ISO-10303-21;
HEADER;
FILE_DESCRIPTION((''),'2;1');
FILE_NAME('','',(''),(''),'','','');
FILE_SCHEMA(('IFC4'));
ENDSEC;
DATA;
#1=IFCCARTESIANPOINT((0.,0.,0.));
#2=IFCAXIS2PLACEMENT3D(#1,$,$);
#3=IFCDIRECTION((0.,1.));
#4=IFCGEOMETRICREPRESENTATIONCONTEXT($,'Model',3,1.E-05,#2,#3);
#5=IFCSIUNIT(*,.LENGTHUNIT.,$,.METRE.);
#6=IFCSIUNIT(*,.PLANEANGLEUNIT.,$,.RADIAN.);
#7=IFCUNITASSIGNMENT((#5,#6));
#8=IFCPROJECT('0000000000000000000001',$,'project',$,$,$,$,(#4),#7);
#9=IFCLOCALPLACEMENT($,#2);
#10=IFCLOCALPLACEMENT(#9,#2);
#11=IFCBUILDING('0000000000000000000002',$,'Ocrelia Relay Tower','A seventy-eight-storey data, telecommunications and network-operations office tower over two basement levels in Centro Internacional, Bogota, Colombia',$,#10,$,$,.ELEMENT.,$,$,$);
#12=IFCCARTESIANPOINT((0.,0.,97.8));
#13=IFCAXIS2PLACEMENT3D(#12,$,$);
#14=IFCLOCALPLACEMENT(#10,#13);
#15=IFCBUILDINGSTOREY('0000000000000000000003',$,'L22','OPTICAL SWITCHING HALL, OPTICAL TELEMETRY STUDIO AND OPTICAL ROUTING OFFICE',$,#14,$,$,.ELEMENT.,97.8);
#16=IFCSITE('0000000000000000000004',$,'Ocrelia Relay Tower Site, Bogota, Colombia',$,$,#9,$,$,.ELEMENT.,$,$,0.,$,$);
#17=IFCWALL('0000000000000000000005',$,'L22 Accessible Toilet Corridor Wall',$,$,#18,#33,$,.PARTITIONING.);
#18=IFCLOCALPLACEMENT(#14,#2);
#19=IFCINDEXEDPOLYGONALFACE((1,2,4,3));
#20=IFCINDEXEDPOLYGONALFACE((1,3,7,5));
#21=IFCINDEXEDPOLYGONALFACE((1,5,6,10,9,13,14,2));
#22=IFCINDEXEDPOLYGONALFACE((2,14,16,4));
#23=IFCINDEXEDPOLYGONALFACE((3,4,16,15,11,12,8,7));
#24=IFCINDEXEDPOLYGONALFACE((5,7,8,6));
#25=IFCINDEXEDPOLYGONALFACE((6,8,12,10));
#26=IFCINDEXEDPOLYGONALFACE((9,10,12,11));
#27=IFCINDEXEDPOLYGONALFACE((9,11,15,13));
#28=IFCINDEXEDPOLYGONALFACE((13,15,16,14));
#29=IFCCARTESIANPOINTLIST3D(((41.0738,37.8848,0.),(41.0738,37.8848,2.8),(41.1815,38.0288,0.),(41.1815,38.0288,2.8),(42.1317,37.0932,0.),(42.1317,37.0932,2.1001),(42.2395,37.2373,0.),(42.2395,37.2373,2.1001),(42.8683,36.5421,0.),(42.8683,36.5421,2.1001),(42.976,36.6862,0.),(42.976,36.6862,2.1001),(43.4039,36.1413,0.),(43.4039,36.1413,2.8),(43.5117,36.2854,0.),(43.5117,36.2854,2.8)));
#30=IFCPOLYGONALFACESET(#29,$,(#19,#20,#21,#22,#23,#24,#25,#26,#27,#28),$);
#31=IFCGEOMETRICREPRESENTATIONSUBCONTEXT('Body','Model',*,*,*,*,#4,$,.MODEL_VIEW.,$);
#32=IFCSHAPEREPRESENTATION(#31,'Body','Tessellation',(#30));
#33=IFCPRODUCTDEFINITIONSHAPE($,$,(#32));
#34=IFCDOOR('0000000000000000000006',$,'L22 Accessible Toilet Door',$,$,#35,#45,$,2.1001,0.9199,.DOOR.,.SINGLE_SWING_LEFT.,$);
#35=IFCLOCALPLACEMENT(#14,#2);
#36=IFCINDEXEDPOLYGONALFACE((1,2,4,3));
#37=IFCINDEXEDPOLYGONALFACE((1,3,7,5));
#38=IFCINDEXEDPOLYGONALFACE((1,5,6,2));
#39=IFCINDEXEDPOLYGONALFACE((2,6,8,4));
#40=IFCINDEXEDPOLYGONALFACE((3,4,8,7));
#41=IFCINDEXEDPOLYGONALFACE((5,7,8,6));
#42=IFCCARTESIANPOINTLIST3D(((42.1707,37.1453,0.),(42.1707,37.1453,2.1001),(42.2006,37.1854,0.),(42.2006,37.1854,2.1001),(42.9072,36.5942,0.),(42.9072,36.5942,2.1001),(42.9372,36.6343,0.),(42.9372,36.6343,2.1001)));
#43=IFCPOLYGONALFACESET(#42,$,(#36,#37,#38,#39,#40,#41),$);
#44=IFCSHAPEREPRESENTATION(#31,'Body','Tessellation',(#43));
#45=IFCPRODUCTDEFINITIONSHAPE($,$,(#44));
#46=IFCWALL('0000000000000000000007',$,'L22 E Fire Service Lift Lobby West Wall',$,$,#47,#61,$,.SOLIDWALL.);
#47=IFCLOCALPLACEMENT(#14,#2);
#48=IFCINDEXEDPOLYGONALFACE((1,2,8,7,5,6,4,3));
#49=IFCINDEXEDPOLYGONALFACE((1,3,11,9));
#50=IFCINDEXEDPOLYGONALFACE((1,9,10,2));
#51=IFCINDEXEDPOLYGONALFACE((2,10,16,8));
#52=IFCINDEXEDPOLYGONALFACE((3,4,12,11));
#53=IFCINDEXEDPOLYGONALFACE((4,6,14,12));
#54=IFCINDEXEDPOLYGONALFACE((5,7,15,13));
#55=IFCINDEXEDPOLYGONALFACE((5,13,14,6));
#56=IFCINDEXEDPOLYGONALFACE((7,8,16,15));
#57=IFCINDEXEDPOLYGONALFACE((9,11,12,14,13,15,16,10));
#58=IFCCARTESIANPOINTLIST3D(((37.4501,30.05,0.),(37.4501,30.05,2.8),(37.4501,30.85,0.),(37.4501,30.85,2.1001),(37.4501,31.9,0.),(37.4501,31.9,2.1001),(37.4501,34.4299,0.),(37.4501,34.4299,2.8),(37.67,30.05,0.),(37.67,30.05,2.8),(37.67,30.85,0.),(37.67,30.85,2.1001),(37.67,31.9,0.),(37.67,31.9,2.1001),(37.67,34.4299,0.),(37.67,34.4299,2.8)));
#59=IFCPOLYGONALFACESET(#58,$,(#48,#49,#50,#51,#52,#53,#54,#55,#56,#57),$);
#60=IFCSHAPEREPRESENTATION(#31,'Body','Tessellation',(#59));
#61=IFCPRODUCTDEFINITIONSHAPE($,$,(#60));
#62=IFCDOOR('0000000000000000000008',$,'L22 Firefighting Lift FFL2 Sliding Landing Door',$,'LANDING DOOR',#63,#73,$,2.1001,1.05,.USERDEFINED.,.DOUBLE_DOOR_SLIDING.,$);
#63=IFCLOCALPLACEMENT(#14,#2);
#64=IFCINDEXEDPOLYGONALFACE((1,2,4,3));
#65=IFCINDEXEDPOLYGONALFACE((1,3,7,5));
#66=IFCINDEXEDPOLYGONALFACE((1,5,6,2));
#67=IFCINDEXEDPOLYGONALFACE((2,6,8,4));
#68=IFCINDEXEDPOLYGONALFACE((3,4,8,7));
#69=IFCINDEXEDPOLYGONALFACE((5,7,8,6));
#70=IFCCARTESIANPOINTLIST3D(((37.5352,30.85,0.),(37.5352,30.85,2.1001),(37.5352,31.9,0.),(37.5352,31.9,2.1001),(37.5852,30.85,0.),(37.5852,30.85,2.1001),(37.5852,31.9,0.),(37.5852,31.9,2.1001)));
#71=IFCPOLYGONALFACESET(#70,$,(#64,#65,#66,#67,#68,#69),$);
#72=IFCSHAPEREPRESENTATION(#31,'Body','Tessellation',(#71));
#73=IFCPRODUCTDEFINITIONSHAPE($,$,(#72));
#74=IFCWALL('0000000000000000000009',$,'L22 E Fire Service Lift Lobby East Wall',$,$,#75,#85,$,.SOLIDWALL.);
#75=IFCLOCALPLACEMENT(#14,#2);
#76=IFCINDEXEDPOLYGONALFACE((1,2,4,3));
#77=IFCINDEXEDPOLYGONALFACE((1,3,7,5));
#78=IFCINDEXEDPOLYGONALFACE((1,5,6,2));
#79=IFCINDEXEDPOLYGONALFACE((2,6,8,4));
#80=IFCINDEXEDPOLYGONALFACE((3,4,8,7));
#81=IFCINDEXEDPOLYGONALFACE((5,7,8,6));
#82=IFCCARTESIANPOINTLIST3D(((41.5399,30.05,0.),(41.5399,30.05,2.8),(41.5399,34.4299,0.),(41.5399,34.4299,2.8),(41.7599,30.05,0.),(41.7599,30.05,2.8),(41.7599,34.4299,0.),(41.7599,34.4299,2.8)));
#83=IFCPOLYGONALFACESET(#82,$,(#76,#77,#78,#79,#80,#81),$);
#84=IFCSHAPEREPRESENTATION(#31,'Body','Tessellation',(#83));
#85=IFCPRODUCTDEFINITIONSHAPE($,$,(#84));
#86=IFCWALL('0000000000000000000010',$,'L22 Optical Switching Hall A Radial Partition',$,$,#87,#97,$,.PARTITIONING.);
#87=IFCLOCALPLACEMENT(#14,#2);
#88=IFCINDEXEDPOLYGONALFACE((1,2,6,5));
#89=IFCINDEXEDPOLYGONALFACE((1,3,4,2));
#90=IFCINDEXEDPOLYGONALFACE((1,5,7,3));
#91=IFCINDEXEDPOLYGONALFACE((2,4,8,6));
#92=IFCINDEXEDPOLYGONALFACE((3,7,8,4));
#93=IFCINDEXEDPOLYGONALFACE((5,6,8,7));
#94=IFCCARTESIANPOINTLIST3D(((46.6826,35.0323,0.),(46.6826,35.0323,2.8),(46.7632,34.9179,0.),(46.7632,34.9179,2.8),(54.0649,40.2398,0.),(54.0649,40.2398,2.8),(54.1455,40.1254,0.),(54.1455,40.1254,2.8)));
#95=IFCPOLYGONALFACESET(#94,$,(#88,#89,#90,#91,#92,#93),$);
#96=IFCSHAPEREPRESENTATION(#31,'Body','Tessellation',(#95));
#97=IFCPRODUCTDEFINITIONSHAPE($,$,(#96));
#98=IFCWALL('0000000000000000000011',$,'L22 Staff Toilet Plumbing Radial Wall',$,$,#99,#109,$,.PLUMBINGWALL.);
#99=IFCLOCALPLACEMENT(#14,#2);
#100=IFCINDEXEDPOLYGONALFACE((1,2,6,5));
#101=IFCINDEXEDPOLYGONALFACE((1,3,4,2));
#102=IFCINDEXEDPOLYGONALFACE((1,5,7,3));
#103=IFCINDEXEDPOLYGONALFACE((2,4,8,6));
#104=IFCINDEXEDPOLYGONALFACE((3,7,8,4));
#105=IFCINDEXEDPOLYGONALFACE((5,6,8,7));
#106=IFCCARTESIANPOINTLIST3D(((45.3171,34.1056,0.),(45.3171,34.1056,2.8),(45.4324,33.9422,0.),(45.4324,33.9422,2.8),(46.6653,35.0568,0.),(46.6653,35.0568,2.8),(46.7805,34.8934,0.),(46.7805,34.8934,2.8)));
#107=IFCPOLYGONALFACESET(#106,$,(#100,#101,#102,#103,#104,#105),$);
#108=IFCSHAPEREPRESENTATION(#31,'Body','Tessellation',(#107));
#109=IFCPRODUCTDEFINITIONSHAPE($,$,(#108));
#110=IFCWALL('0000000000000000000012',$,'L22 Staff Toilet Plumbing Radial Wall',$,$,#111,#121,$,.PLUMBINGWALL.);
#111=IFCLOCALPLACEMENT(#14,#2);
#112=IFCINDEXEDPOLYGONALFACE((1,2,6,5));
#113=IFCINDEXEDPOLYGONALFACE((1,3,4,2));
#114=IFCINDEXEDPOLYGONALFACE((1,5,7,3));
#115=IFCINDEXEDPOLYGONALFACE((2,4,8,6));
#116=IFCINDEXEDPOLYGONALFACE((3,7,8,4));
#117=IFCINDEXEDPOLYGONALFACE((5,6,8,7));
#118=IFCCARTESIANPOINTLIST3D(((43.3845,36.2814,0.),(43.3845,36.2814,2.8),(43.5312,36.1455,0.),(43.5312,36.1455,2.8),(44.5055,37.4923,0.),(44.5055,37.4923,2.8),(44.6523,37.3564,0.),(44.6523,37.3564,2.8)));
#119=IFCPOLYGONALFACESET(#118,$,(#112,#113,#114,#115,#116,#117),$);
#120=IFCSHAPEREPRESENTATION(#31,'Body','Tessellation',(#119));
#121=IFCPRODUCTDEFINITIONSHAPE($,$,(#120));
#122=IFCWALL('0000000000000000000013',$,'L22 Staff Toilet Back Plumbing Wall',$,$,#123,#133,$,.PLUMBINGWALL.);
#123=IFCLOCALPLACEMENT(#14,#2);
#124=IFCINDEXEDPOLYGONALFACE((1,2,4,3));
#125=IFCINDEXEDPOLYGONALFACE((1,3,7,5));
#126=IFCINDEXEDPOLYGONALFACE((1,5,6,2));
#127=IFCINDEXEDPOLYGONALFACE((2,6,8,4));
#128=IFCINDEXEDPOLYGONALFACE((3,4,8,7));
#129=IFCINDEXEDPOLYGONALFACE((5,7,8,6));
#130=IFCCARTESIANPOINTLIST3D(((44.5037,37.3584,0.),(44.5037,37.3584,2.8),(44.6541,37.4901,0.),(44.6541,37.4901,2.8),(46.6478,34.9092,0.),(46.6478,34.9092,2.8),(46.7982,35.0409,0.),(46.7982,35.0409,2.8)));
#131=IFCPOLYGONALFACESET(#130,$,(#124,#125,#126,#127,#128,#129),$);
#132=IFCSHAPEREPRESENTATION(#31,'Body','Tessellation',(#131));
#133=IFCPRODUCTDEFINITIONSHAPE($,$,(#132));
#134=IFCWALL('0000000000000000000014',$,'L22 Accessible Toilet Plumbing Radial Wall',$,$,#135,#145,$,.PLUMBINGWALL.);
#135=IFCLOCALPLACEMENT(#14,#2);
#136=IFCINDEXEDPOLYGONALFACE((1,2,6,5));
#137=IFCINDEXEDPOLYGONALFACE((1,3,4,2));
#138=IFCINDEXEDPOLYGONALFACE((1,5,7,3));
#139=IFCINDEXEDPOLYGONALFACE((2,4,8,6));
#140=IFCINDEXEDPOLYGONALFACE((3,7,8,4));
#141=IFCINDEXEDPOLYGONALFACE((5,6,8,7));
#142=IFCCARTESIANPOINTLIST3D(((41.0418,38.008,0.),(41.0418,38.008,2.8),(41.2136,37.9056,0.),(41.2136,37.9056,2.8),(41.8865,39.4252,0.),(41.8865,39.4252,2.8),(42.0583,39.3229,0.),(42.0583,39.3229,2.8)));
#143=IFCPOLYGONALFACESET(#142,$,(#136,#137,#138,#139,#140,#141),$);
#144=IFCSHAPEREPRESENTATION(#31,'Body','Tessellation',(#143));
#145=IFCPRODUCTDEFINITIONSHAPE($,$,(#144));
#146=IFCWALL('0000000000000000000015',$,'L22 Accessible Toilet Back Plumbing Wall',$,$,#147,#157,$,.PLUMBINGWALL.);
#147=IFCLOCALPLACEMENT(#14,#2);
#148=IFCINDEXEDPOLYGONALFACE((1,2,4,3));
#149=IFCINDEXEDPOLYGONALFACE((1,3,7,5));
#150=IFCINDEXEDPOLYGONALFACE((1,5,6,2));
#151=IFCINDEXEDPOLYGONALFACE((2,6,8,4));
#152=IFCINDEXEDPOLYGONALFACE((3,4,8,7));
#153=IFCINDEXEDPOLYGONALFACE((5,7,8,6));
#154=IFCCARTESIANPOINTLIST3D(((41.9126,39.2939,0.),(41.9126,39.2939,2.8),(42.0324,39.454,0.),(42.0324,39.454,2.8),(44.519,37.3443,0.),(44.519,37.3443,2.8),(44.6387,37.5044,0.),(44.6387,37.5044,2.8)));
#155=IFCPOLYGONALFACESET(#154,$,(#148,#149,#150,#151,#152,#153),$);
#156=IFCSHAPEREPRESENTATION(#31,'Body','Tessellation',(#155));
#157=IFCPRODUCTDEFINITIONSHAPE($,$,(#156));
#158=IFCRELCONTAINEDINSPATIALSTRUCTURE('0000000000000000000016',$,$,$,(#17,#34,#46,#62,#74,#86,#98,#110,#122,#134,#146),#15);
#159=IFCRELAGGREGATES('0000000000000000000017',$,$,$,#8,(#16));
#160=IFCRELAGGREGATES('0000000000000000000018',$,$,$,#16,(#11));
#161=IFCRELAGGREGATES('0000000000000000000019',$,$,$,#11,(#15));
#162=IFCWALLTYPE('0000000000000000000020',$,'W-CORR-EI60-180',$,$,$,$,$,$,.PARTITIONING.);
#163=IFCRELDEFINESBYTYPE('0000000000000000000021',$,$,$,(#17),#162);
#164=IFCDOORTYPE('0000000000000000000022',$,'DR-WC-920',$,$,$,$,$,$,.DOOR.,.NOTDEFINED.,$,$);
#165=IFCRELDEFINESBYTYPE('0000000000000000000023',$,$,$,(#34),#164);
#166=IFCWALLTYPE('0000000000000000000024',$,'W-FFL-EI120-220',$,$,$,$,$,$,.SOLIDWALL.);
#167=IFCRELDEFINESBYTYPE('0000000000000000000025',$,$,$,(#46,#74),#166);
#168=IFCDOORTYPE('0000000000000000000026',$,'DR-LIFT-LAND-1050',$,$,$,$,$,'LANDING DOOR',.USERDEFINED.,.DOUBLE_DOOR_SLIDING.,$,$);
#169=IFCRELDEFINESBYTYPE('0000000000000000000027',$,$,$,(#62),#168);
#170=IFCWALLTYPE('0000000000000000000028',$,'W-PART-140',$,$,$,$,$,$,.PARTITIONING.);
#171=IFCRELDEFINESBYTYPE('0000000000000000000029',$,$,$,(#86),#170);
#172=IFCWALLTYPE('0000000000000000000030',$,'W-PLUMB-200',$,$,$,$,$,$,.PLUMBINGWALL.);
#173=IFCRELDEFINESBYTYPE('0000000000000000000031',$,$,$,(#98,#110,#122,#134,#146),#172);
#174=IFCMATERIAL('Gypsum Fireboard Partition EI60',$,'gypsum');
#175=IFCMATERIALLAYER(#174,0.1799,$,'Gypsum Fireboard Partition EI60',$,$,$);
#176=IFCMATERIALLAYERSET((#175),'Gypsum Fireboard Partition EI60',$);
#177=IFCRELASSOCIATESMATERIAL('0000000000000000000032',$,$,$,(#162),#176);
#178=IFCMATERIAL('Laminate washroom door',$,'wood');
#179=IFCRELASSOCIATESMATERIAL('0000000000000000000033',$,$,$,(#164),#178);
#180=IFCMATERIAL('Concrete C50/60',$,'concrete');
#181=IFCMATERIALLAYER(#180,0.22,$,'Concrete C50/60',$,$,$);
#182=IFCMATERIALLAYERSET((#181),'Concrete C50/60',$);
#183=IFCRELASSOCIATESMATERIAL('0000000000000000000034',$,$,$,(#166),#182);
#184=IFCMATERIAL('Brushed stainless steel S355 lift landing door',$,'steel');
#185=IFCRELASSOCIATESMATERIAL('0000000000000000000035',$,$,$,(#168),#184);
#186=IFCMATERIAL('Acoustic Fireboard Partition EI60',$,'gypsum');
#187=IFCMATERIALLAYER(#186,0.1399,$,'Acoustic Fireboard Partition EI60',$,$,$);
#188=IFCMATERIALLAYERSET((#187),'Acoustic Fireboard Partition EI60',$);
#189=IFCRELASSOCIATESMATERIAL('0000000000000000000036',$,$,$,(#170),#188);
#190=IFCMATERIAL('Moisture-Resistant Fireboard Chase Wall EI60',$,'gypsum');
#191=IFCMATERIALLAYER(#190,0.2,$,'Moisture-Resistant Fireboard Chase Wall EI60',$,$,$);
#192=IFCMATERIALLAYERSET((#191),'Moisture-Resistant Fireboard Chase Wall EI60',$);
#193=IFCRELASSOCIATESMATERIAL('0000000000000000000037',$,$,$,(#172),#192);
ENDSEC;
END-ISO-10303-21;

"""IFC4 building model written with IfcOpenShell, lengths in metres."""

from ifc_helpers import new_model, si_unit, direction, frame, frame_2d, origin, place, context, subcontext, project, spatial, rectangle, extrude, material, layer, layer_set, type_object, element, fill, save


model = new_model("IFC4")

# Units and contexts
model_context = context("Model", 3, precision=1e-05, world=origin(), true_north=direction((0.0, 1.0)))
body_context = subcontext(model_context, "Body", "Model", "MODEL_VIEW")
ifc_project = project(units=[si_unit("LENGTHUNIT", "METRE"), si_unit("PLANEANGLEUNIT", "RADIAN")], contexts=[model_context])

# Site, building, storey
site_placement = place(None, origin())
site = spatial("IfcSite", under=ifc_project, at=site_placement, Name="Ocrelia Relay Tower Site, Bogota, Colombia", CompositionType="ELEMENT", RefElevation=0.0)
building_placement = place(site_placement, origin())
building = spatial("IfcBuilding", under=site, at=building_placement, Name="Ocrelia Relay Tower", Description="A seventy-eight-storey data, telecommunications and network-operations office tower over two basement levels in Centro Internacional, Bogota, Colombia", CompositionType="ELEMENT")
storey_placement = place(building_placement, frame((0.0, 0.0, 97.8)))
storey = spatial("IfcBuildingStorey", under=building, at=storey_placement, Name="L22", Description="OPTICAL SWITCHING HALL, OPTICAL TELEMETRY STUDIO AND OPTICAL ROUTING OFFICE", CompositionType="ELEMENT", Elevation=97.8)

# Shared definitions
ifc_material_1 = material(Name="Gypsum Fireboard Partition EI60", Category="gypsum")
ifc_layer_1 = layer(ifc_material_1, 0.1799, Name="Gypsum Fireboard Partition EI60")
ifc_layer_set_1 = layer_set([ifc_layer_1], Name="Gypsum Fireboard Partition EI60")
wall_type_1 = type_object("IfcWallType", Name="W-CORR-EI60-180", PredefinedType="PARTITIONING", material=ifc_layer_set_1)

# Walls, openings, doors
ifc_material_2 = material(Name="Laminate washroom door", Category="wood")
door_type_1 = type_object("IfcDoorType", Name="DR-WC-920", OperationType="NOTDEFINED", PredefinedType="DOOR", material=ifc_material_2)
wall_1_placement = place(storey_placement, frame((43.4578, 36.2134, 0.0), z_axis=(0.0, 0.0, 1.0), x_axis=(-0.800684, 0.599087, 0.0)))
wall_1 = element("IfcWall", 1, at=wall_1_placement, inside=storey, type_object=wall_type_1, Name="L22 Accessible Toilet Corridor Wall", PredefinedType="PARTITIONING", context=body_context, shape_type="SweptSolid", body=[
    extrude(rectangle(XDim=2.9102, YDim=0.1799, at=frame_2d((1.4551, 0.0))), origin(), (0.0, 0.0, 1.0), 2.8),
])
opening_1_placement = place(wall_1_placement, frame((0.6689, 0.0, 0.0)))
opening_1 = element("IfcOpeningElement", 2, at=opening_1_placement, cuts=wall_1, PredefinedType="OPENING", context=body_context, shape_type="SweptSolid", body=[
    extrude(rectangle(XDim=0.9199, YDim=2.1001, at=frame_2d((0.46, 1.05))), frame((0.0, 0.1001, 0.0), z_axis=(0.0, -1.0, 0.0), x_axis=(1.0, 0.0, 0.0)), (0.0, 0.0, 1.0), 0.2),
])
door_1_placement = place(opening_1_placement, origin())
door_1 = element("IfcDoor", 3, at=door_1_placement, inside=storey, type_object=door_type_1, Name="L22 Accessible Toilet Door", OperationType="SINGLE_SWING_LEFT", OverallHeight=2.1001, OverallWidth=0.9199, PredefinedType="DOOR", context=body_context, shape_type="SweptSolid", body=[
    extrude(rectangle(XDim=0.9199, YDim=2.1001, at=frame_2d((0.46, 1.05))), frame((0.0, 0.0249, 0.0), z_axis=(0.0, -1.0, 0.0), x_axis=(1.0, 0.0, 0.0)), (0.0, 0.0, 1.0), 0.05),
])
fill(opening_1, door_1)
ifc_material_3 = material(Name="Concrete C50/60", Category="concrete")
ifc_layer_2 = layer(ifc_material_3, 0.22, Name="Concrete C50/60")
ifc_layer_set_2 = layer_set([ifc_layer_2], Name="Concrete C50/60")
wall_type_2 = type_object("IfcWallType", Name="W-FFL-EI120-220", PredefinedType="SOLIDWALL", material=ifc_layer_set_2)
wall_2_placement = place(storey_placement, frame((37.5601, 30.05, 0.0), z_axis=(0.0, 0.0, 1.0), x_axis=(0.0, 1.0, 0.0)))
wall_2 = element("IfcWall", 4, at=wall_2_placement, inside=storey, type_object=wall_type_2, Name="L22 E Fire Service Lift Lobby West Wall", PredefinedType="SOLIDWALL", context=body_context, shape_type="SweptSolid", body=[
    extrude(rectangle(XDim=4.3799, YDim=0.22, at=frame_2d((2.1899, 0.0))), origin(), (0.0, 0.0, 1.0), 2.8),
])
opening_2_placement = place(wall_2_placement, frame((0.8, 0.0, 0.0)))
opening_2 = element("IfcOpeningElement", 5, at=opening_2_placement, cuts=wall_2, PredefinedType="OPENING", context=body_context, shape_type="SweptSolid", body=[
    extrude(rectangle(XDim=1.05, YDim=2.1001, at=frame_2d((0.5249, 1.05))), frame((0.0, 0.1201, 0.0), z_axis=(0.0, -1.0, 0.0), x_axis=(1.0, 0.0, 0.0)), (0.0, 0.0, 1.0), 0.24),
])
ifc_material_4 = material(Name="Brushed stainless steel S355 lift landing door", Category="steel")
door_type_2 = type_object("IfcDoorType", Name="DR-LIFT-LAND-1050", ElementType="LANDING DOOR", OperationType="DOUBLE_DOOR_SLIDING", PredefinedType="USERDEFINED", material=ifc_material_4)
door_2_placement = place(opening_2_placement, origin())
door_2 = element("IfcDoor", 6, at=door_2_placement, inside=storey, type_object=door_type_2, Name="L22 Firefighting Lift FFL2 Sliding Landing Door", ObjectType="LANDING DOOR", OperationType="DOUBLE_DOOR_SLIDING", OverallHeight=2.1001, OverallWidth=1.05, PredefinedType="USERDEFINED", context=body_context, shape_type="SweptSolid", body=[
    extrude(rectangle(XDim=1.05, YDim=2.1001, at=frame_2d((0.5249, 1.05))), frame((0.0, 0.0249, 0.0), z_axis=(0.0, -1.0, 0.0), x_axis=(1.0, 0.0, 0.0)), (0.0, 0.0, 1.0), 0.05),
])
fill(opening_2, door_2)

# Wall
wall_3_placement = place(storey_placement, frame((41.6499, 30.05, 0.0), z_axis=(0.0, 0.0, 1.0), x_axis=(0.0, 1.0, 0.0)))
element("IfcWall", 7, at=wall_3_placement, inside=storey, type_object=wall_type_2, Name="L22 E Fire Service Lift Lobby East Wall", PredefinedType="SOLIDWALL", context=body_context, shape_type="SweptSolid", body=[
    extrude(rectangle(XDim=4.3799, YDim=0.22, at=frame_2d((2.1899, 0.0))), origin(), (0.0, 0.0, 1.0), 2.8),
])

# Walls
ifc_material_5 = material(Name="Acoustic Fireboard Partition EI60", Category="gypsum")
ifc_layer_3 = layer(ifc_material_5, 0.1399, Name="Acoustic Fireboard Partition EI60")
ifc_layer_set_3 = layer_set([ifc_layer_3], Name="Acoustic Fireboard Partition EI60")
wall_type_3 = type_object("IfcWallType", Name="W-PART-140", PredefinedType="PARTITIONING", material=ifc_layer_set_3)
wall_4_placement = place(storey_placement, frame((46.7229, 34.9751, 0.0), z_axis=(0.0, 0.0, 1.0), x_axis=(0.817152, 0.576422, 0.0)))
element("IfcWall", 8, at=wall_4_placement, inside=storey, type_object=wall_type_3, Name="L22 Optical Switching Hall A Radial Partition", PredefinedType="PARTITIONING", context=body_context, shape_type="SweptSolid", body=[
    extrude(rectangle(XDim=9.0342, YDim=0.1399, at=frame_2d((4.5171, 0.0))), origin(), (0.0, 0.0, 1.0), 2.8),
])
ifc_material_6 = material(Name="Moisture-Resistant Fireboard Chase Wall EI60", Category="gypsum")
ifc_layer_4 = layer(ifc_material_6, 0.2, Name="Moisture-Resistant Fireboard Chase Wall EI60")
ifc_layer_set_4 = layer_set([ifc_layer_4], Name="Moisture-Resistant Fireboard Chase Wall EI60")
wall_type_4 = type_object("IfcWallType", Name="W-PLUMB-200", PredefinedType="PLUMBINGWALL", material=ifc_layer_set_4)
wall_5_placement = place(storey_placement, frame((45.3748, 34.0239, 0.0), z_axis=(0.0, 0.0, 1.0), x_axis=(0.817099, 0.576497, 0.0)))
element("IfcWall", 9, at=wall_5_placement, inside=storey, type_object=wall_type_4, Name="L22 Staff Toilet Plumbing Radial Wall", PredefinedType="PLUMBINGWALL", context=body_context, shape_type="SweptSolid", body=[
    extrude(rectangle(XDim=1.6499, YDim=0.2, at=frame_2d((0.825, 0.0))), origin(), (0.0, 0.0, 1.0), 2.8),
])
wall_6_placement = place(storey_placement, frame((43.4578, 36.2134, 0.0), z_axis=(0.0, 0.0, 1.0), x_axis=(0.679361, 0.733804, 0.0)))
element("IfcWall", 10, at=wall_6_placement, inside=storey, type_object=wall_type_4, Name="L22 Staff Toilet Plumbing Radial Wall", PredefinedType="PLUMBINGWALL", context=body_context, shape_type="SweptSolid", body=[
    extrude(rectangle(XDim=1.6501, YDim=0.2, at=frame_2d((0.8252, 0.0))), origin(), (0.0, 0.0, 1.0), 2.8),
])
wall_7_placement = place(storey_placement, frame((46.7229, 34.9751, 0.0), z_axis=(0.0, 0.0, 1.0), x_axis=(-0.658675, 0.752428, 0.0)))
element("IfcWall", 11, at=wall_7_placement, inside=storey, type_object=wall_type_4, Name="L22 Staff Toilet Back Plumbing Wall", PredefinedType="PLUMBINGWALL", context=body_context, shape_type="SweptSolid", body=[
    extrude(rectangle(XDim=3.2551, YDim=0.2, at=frame_2d((1.6274, 0.0))), origin(), (0.0, 0.0, 1.0), 2.8),
])
wall_8_placement = place(storey_placement, frame((41.1277, 37.9568, 0.0), z_axis=(0.0, 0.0, 1.0), x_axis=(0.511991, 0.858991, 0.0)))
element("IfcWall", 12, at=wall_8_placement, inside=storey, type_object=wall_type_4, Name="L22 Accessible Toilet Plumbing Radial Wall", PredefinedType="PLUMBINGWALL", context=body_context, shape_type="SweptSolid", body=[
    extrude(rectangle(XDim=1.6499, YDim=0.2, at=frame_2d((0.825, 0.0))), origin(), (0.0, 0.0, 1.0), 2.8),
])
wall_9_placement = place(storey_placement, frame((44.5789, 37.4243, 0.0), z_axis=(0.0, 0.0, 1.0), x_axis=(-0.800755, 0.598991, 0.0)))
element("IfcWall", 13, at=wall_9_placement, inside=storey, type_object=wall_type_4, Name="L22 Accessible Toilet Back Plumbing Wall", PredefinedType="PLUMBINGWALL", context=body_context, shape_type="SweptSolid", body=[
    extrude(rectangle(XDim=3.2549, YDim=0.2, at=frame_2d((1.6274, 0.0))), origin(), (0.0, 0.0, 1.0), 2.8),
])

save(model, "model.ifc")
